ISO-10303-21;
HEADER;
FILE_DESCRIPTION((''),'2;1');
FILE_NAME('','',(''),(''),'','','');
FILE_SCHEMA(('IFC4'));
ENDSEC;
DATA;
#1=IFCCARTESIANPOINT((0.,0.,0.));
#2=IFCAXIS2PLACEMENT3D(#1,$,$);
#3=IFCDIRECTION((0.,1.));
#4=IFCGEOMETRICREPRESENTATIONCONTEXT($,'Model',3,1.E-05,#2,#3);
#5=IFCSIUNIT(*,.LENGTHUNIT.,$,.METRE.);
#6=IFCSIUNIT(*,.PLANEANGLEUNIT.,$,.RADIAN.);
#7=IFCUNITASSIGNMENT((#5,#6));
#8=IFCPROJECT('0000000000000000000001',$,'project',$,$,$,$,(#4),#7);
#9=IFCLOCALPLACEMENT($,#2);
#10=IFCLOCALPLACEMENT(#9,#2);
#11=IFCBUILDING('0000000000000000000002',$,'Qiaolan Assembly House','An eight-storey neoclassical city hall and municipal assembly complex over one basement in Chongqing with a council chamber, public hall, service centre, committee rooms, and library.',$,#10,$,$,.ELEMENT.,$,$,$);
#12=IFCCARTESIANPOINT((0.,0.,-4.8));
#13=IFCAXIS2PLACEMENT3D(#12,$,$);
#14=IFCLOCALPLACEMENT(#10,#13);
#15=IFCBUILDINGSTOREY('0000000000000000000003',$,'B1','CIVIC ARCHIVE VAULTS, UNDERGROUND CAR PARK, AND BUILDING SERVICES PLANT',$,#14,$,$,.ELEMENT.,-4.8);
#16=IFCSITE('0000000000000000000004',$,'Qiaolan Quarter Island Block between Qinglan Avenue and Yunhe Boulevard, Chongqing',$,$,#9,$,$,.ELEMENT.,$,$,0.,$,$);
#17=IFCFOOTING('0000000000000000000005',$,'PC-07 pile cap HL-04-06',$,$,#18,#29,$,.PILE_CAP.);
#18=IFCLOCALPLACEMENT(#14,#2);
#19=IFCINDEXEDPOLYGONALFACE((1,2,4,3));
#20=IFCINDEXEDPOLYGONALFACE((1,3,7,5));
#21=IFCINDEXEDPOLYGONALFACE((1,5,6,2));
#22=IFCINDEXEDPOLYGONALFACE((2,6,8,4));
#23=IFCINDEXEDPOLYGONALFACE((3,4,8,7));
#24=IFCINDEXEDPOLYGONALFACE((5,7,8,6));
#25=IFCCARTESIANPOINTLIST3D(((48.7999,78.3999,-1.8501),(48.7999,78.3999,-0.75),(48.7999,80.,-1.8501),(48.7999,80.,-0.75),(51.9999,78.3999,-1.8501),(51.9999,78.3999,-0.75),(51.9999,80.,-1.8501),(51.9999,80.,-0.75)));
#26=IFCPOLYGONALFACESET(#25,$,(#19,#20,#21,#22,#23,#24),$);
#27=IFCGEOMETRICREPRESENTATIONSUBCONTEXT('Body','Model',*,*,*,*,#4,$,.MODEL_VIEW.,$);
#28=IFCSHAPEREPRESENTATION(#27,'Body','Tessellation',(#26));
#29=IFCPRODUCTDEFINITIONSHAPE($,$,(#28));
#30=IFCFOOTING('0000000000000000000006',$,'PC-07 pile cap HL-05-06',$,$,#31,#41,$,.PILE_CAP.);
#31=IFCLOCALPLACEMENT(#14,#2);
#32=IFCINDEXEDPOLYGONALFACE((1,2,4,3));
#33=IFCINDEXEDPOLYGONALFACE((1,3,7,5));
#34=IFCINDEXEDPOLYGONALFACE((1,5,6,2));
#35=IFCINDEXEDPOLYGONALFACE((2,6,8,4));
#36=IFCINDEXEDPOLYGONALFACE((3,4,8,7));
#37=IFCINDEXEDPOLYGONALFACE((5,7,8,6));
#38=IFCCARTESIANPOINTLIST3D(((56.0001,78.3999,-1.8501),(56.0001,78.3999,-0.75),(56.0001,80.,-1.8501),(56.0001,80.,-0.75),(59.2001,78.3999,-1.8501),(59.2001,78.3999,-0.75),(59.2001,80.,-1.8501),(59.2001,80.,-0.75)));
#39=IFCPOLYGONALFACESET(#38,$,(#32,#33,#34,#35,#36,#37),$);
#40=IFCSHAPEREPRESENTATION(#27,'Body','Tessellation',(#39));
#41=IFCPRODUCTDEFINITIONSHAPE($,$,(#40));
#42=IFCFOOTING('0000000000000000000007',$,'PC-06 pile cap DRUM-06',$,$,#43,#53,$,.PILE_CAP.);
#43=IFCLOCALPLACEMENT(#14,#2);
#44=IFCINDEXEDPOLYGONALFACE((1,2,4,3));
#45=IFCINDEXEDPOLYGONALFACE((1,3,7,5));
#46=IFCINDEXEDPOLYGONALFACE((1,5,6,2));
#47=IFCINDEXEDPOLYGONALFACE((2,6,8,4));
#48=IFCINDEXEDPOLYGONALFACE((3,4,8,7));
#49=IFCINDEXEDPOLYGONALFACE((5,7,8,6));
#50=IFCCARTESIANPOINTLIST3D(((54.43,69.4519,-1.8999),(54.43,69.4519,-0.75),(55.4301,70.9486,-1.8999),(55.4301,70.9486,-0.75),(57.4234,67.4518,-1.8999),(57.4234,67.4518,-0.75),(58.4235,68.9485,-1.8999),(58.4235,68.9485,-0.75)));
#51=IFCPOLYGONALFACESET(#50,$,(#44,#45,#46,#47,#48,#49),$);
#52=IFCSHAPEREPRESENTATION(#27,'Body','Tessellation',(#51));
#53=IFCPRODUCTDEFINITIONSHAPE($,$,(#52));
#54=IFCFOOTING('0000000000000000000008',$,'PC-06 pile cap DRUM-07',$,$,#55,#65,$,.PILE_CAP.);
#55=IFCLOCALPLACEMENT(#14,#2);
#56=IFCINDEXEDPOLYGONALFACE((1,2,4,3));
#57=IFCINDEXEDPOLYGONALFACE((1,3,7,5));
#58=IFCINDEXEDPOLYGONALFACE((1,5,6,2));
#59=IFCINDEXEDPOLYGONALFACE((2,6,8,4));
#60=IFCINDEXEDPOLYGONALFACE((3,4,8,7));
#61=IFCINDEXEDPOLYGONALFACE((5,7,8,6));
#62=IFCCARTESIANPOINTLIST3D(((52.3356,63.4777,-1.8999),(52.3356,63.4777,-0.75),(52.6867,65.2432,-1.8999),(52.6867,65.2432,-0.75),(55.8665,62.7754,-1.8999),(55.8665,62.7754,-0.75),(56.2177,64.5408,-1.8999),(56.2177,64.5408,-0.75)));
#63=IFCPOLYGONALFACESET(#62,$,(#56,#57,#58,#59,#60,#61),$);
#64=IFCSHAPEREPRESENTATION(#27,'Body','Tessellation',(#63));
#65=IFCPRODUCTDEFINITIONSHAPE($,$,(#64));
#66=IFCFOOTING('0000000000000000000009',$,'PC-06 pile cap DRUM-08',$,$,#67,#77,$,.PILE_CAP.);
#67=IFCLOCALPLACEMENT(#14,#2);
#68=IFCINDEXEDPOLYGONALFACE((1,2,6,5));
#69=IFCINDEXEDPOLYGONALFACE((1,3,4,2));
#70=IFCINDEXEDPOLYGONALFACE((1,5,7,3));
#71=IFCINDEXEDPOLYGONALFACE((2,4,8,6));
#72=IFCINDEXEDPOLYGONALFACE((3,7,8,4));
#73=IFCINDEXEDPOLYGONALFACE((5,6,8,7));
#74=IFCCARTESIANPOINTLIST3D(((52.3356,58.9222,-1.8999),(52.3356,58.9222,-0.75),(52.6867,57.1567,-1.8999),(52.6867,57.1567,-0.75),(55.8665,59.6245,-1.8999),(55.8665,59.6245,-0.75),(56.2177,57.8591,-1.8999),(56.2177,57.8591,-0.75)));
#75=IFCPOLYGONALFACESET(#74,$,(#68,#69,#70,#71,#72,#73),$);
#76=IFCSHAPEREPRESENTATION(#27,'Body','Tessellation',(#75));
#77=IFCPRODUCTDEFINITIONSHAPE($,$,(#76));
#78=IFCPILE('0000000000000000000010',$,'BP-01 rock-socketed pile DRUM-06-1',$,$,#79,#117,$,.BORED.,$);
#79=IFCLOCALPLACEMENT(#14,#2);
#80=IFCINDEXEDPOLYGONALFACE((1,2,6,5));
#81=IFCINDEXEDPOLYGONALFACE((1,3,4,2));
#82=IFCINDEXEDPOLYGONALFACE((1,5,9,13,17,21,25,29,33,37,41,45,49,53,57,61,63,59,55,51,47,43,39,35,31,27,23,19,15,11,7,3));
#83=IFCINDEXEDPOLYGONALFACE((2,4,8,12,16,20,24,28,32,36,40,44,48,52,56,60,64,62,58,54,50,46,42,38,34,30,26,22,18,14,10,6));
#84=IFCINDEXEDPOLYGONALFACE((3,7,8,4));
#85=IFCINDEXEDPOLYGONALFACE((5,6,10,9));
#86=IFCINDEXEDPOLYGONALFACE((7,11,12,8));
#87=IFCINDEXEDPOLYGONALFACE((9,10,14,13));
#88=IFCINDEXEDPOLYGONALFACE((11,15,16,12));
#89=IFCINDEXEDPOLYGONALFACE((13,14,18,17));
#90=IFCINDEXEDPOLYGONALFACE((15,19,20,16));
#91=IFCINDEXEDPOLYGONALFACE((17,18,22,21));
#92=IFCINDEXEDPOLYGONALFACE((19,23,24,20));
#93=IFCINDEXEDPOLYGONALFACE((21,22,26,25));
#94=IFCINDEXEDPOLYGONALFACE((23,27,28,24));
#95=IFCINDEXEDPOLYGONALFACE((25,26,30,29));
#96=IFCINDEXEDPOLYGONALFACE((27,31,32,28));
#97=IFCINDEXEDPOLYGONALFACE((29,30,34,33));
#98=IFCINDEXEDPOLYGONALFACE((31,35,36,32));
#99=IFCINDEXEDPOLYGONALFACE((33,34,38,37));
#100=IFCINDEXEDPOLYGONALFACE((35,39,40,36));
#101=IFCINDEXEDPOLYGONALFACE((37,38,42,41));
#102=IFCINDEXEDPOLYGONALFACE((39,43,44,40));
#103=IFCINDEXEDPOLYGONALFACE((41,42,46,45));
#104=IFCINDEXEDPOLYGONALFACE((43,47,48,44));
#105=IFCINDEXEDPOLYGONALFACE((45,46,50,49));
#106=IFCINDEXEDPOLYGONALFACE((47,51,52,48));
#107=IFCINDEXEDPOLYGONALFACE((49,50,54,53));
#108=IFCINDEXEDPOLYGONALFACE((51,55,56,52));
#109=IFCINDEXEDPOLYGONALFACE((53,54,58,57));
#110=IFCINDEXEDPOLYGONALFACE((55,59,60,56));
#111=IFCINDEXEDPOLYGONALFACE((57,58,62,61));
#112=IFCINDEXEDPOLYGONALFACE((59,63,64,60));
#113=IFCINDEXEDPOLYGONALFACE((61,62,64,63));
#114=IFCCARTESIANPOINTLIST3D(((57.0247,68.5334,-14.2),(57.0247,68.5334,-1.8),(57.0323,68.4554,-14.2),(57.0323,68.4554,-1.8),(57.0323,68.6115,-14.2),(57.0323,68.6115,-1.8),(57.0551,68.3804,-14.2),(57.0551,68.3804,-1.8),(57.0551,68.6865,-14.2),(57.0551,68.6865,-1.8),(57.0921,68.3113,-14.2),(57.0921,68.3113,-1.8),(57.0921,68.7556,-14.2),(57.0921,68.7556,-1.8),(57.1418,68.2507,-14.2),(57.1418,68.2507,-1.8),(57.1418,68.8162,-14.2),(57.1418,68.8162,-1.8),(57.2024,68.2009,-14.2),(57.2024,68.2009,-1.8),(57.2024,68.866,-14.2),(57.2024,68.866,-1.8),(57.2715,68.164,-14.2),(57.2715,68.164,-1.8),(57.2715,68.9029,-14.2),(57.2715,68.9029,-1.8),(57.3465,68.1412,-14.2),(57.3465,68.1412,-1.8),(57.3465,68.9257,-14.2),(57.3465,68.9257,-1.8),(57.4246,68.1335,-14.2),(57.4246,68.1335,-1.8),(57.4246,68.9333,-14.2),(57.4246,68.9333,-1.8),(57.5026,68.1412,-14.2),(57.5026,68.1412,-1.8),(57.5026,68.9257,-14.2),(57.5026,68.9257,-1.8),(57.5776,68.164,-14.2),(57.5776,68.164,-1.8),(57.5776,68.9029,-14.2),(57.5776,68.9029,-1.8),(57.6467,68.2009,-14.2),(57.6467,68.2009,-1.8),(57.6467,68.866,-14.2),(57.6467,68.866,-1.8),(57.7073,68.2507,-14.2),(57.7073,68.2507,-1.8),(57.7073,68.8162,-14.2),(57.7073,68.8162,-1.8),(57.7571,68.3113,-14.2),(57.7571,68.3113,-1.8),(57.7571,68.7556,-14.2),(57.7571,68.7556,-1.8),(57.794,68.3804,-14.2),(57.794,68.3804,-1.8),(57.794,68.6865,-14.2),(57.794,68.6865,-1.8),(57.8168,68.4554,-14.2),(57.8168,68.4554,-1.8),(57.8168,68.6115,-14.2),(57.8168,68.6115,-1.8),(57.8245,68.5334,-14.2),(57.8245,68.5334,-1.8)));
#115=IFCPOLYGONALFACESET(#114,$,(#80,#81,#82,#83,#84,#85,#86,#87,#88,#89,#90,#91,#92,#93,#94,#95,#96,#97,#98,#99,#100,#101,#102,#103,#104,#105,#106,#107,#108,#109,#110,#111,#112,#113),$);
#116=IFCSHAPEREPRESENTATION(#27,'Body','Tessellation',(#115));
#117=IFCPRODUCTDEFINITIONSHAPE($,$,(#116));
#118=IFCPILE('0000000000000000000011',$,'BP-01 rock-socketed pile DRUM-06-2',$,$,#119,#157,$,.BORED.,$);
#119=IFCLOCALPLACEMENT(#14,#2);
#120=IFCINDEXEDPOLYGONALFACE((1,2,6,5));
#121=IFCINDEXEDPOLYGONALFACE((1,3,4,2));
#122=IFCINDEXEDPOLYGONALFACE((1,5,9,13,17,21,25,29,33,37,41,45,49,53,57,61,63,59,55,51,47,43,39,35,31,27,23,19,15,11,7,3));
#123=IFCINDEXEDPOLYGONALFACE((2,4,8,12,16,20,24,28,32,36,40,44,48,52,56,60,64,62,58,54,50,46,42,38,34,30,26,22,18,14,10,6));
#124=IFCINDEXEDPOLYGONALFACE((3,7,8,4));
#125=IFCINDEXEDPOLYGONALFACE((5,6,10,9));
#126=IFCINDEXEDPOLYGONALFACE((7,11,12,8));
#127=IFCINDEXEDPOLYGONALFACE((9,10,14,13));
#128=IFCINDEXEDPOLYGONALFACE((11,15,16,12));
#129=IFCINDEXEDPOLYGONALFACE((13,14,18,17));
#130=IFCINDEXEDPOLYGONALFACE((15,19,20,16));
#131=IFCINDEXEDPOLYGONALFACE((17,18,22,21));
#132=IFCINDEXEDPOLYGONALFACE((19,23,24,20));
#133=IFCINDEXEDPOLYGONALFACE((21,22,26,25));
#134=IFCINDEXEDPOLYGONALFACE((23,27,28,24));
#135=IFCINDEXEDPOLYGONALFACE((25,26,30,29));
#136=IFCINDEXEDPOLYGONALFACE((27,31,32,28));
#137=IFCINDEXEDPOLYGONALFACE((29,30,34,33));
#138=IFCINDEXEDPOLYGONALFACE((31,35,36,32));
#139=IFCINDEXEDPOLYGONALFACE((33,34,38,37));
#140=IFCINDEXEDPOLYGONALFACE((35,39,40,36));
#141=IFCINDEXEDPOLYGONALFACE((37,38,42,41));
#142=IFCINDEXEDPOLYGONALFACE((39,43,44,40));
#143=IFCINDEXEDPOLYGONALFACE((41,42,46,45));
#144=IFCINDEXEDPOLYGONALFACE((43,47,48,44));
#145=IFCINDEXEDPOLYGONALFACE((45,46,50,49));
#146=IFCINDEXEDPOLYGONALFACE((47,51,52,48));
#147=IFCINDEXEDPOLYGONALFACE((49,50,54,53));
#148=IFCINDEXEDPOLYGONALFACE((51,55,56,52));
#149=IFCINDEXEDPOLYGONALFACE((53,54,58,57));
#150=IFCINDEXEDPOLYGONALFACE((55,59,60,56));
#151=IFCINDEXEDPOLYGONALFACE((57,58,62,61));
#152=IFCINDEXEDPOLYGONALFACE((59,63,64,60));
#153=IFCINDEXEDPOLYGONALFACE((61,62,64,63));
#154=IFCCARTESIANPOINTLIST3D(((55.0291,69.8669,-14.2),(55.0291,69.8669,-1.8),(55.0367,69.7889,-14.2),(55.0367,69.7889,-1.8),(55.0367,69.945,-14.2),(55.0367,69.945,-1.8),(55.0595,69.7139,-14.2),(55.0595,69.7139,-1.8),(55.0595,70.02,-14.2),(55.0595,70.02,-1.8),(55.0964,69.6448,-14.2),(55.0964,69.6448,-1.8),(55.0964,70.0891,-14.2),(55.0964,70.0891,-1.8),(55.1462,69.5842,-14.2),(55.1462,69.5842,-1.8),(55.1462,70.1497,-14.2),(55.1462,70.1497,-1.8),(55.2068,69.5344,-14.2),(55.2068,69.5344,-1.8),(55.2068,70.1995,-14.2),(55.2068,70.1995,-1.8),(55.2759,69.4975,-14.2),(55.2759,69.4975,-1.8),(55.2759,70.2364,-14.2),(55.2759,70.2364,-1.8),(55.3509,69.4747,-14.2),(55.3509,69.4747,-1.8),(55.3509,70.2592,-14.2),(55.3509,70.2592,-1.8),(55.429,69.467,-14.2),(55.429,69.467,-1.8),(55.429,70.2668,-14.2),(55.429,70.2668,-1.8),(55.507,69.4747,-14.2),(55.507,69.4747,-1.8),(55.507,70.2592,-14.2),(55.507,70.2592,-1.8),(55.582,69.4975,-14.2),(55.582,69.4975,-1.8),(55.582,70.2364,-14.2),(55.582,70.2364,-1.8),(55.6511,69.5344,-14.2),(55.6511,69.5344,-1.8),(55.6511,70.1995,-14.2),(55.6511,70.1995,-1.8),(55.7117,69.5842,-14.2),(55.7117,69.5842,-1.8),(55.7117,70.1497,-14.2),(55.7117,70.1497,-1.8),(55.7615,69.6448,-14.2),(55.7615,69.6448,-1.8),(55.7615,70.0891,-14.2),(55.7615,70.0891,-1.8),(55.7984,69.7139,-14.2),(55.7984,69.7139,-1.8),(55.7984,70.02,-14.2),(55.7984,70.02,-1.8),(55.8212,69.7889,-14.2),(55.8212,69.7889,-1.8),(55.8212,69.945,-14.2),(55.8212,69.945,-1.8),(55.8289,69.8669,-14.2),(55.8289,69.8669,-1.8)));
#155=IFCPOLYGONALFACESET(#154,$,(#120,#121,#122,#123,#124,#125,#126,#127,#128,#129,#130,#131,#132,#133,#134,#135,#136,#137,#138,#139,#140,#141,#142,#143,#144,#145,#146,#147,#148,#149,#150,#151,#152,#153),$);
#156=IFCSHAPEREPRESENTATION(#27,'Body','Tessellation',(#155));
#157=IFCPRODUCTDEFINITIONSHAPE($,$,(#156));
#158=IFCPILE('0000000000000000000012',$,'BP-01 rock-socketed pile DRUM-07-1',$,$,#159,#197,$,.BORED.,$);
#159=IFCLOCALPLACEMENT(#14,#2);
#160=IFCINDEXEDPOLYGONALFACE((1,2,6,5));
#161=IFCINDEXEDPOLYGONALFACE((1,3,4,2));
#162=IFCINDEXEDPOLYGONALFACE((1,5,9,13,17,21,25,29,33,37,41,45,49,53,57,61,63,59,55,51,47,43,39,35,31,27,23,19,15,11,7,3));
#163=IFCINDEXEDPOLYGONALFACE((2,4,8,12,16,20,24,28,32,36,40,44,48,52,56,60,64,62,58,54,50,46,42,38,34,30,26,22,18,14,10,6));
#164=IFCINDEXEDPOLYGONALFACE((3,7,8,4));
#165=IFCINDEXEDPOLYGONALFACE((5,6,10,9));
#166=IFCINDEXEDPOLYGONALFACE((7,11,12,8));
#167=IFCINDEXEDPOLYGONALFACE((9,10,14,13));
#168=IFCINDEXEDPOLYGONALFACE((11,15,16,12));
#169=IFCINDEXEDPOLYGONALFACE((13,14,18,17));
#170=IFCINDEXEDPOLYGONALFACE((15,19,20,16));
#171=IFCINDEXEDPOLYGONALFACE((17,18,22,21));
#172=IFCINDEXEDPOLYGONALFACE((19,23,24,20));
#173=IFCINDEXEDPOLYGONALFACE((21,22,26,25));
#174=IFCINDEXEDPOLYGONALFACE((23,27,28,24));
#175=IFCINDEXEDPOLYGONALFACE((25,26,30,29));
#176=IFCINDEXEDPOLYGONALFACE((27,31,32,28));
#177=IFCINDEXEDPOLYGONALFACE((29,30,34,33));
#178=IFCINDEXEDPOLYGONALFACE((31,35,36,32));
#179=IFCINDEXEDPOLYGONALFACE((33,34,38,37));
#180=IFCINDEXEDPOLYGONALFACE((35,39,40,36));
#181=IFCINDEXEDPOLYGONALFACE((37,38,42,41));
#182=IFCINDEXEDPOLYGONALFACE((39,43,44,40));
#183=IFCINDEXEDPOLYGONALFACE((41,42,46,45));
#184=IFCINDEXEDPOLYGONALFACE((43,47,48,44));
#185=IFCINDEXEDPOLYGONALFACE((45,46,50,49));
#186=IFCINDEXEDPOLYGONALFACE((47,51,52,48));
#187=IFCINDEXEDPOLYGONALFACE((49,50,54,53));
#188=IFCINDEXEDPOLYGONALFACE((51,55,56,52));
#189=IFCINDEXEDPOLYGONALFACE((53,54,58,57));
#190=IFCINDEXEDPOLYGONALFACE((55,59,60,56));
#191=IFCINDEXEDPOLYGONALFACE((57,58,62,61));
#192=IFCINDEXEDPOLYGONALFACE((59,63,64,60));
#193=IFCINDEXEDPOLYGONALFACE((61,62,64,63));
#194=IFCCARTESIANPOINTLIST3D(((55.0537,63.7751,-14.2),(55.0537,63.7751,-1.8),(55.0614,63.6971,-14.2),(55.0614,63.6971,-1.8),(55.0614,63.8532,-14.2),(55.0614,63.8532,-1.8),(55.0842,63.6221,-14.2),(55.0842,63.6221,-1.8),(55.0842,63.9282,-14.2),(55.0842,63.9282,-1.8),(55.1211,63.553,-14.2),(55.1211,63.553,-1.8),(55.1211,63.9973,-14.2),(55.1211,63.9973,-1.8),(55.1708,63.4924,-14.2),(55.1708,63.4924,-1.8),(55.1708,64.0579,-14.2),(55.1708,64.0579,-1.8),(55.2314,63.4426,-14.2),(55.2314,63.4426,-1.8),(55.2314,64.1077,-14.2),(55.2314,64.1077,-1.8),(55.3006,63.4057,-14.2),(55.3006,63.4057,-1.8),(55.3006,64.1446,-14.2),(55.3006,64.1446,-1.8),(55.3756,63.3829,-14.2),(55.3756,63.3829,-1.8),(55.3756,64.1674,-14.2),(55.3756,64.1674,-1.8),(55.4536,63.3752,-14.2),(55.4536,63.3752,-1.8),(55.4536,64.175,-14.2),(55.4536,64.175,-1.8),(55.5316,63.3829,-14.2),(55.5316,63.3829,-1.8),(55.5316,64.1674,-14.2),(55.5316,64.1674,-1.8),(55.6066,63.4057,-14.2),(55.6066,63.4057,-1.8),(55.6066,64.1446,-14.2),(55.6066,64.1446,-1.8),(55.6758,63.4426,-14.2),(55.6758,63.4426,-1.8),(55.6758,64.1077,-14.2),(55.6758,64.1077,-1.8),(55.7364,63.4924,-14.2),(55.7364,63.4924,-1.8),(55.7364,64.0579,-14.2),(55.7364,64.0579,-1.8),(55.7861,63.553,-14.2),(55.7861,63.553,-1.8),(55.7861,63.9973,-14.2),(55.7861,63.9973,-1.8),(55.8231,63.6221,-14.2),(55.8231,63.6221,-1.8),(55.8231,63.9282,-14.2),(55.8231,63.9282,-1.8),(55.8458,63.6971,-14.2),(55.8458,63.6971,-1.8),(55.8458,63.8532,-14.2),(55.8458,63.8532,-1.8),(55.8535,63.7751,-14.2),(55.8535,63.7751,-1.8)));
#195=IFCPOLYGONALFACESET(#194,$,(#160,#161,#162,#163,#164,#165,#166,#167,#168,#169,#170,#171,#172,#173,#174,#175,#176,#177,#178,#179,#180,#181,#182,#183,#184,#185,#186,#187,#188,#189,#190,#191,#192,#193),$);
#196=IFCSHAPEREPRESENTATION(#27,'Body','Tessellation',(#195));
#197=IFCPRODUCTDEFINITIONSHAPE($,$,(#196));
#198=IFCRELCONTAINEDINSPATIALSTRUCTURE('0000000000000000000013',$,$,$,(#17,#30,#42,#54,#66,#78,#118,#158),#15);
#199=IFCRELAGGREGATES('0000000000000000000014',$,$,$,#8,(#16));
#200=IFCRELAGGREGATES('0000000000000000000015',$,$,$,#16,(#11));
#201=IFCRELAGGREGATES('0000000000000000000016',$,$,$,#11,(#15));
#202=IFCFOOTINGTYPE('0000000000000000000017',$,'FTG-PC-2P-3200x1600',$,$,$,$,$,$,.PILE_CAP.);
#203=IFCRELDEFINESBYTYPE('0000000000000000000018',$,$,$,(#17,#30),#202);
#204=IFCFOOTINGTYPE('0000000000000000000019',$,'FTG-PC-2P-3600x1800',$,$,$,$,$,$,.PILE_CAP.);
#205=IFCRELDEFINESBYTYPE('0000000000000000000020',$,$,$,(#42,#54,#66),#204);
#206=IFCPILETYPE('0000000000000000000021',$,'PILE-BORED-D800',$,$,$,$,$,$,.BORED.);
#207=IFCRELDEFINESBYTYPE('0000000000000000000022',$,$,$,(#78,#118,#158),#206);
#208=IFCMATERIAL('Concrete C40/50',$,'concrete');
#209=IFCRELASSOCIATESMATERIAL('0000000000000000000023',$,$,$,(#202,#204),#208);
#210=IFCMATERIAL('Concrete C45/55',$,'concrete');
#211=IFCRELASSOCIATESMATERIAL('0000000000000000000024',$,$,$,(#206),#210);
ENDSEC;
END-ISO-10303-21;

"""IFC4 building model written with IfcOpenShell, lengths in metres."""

from ifc_helpers import new_model, si_unit, direction, frame, origin, origin_2d, place, context, subcontext, project, spatial, rectangle, circle, extrude, material, material_profile, profile_set, type_object, element, save


model = new_model("IFC4")

# Units and contexts
model_context = context("Model", 3, precision=1e-05, world=origin(), true_north=direction((0.0, 1.0)))
body_context = subcontext(model_context, "Body", "Model", "MODEL_VIEW")
ifc_project = project(units=[si_unit("LENGTHUNIT", "METRE"), si_unit("PLANEANGLEUNIT", "RADIAN")], contexts=[model_context])

# Site, building, storey
site_placement = place(None, origin())
site = spatial("IfcSite", under=ifc_project, at=site_placement, Name="Qiaolan Quarter Island Block between Qinglan Avenue and Yunhe Boulevard, Chongqing", CompositionType="ELEMENT", RefElevation=0.0)
building_placement = place(site_placement, origin())
building = spatial("IfcBuilding", under=site, at=building_placement, Name="Qiaolan Assembly House", Description="An eight-storey neoclassical city hall and municipal assembly complex over one basement in Chongqing with a council chamber, public hall, service centre, committee rooms, and library.", CompositionType="ELEMENT")
storey_placement = place(building_placement, frame((0.0, 0.0, -4.8)))
storey = spatial("IfcBuildingStorey", under=building, at=storey_placement, Name="B1", Description="CIVIC ARCHIVE VAULTS, UNDERGROUND CAR PARK, AND BUILDING SERVICES PLANT", CompositionType="ELEMENT", Elevation=-4.8)

# Footings
ifc_material_1 = material(Name="Concrete C40/50", Category="concrete")
footing_type_1 = type_object("IfcFootingType", Name="FTG-PC-2P-3200x1600", PredefinedType="PILE_CAP", material=ifc_material_1)
for number, where, z_axis, x_axis, name in (
    (1, (50.3999, 79.2, -1.8501), (0.0, 0.0, 1.0), (1.0, 0.0, 0.0), "PC-07 pile cap HL-04-06"),
    (2, (57.6001, 79.2, -1.8501), (0.0, 0.0, 1.0), (1.0, 0.0, 0.0), "PC-07 pile cap HL-05-06"),
):
    element("IfcFooting", number, at=place(storey_placement, frame(where, z_axis=z_axis, x_axis=x_axis)), inside=storey, type_object=footing_type_1, Name=name, PredefinedType="PILE_CAP", context=body_context, shape_type="SweptSolid", body=[
        extrude(rectangle(XDim=3.2, YDim=1.6001, at=origin_2d()), origin(), (0.0, 0.0, 1.0), 1.1001),
    ])
footing_type_2 = type_object("IfcFootingType", Name="FTG-PC-2P-3600x1800", PredefinedType="PILE_CAP", material=ifc_material_1)
for number, where, z_axis, x_axis, name in (
    (3, (56.4268, 69.2002, -1.8999), (0.0, 0.0, 1.0), (-0.83147, 0.55557, 0.0), "PC-06 pile cap DRUM-06"),
    (4, (54.2766, 64.0093, -1.8999), (0.0, 0.0, 1.0), (-0.980785, 0.19509, 0.0), "PC-06 pile cap DRUM-07"),
    (5, (54.2766, 58.3906, -1.8999), (0.0, 0.0, 1.0), (-0.980785, -0.19509, 0.0), "PC-06 pile cap DRUM-08"),
):
    element("IfcFooting", number, at=place(storey_placement, frame(where, z_axis=z_axis, x_axis=x_axis)), inside=storey, type_object=footing_type_2, Name=name, PredefinedType="PILE_CAP", context=body_context, shape_type="SweptSolid", body=[
        extrude(rectangle(XDim=3.6001, YDim=1.8, at=origin_2d()), origin(), (0.0, 0.0, 1.0), 1.1499),
    ])

# Piles
ifc_material_2 = material(Name="Concrete C45/55", Category="concrete")
ifc_material_profile_1 = material_profile(ifc_material_2, circle(Radius=0.3999, at=origin_2d()), Name="PILE D800")
ifc_profile_set_1 = profile_set([ifc_material_profile_1], Name="Concrete C45/55")
pile_type = type_object("IfcPileType", Name="PILE-BORED-D800", PredefinedType="BORED", material=ifc_profile_set_1)
for number, where, z_axis, x_axis, name in (
    (6, (57.4246, 68.5334, -1.8), (0.0, 0.0, -1.0), (1.0, 0.0, 0.0), "BP-01 rock-socketed pile DRUM-06-1"),
    (7, (55.429, 69.8669, -1.8), (0.0, 0.0, -1.0), (1.0, 0.0, 0.0), "BP-01 rock-socketed pile DRUM-06-2"),
    (8, (55.4536, 63.7751, -1.8), (0.0, 0.0, -1.0), (1.0, 0.0, 0.0), "BP-01 rock-socketed pile DRUM-07-1"),
):
    element("IfcPile", number, at=place(storey_placement, frame(where, z_axis=z_axis, x_axis=x_axis)), inside=storey, type_object=pile_type, Name=name, PredefinedType="BORED", context=body_context, shape_type="SweptSolid", body=[
        extrude(circle(Radius=0.3999, at=origin_2d()), origin(), (0.0, 0.0, 1.0), 12.3999),
    ])

save(model, "model.ifc")
